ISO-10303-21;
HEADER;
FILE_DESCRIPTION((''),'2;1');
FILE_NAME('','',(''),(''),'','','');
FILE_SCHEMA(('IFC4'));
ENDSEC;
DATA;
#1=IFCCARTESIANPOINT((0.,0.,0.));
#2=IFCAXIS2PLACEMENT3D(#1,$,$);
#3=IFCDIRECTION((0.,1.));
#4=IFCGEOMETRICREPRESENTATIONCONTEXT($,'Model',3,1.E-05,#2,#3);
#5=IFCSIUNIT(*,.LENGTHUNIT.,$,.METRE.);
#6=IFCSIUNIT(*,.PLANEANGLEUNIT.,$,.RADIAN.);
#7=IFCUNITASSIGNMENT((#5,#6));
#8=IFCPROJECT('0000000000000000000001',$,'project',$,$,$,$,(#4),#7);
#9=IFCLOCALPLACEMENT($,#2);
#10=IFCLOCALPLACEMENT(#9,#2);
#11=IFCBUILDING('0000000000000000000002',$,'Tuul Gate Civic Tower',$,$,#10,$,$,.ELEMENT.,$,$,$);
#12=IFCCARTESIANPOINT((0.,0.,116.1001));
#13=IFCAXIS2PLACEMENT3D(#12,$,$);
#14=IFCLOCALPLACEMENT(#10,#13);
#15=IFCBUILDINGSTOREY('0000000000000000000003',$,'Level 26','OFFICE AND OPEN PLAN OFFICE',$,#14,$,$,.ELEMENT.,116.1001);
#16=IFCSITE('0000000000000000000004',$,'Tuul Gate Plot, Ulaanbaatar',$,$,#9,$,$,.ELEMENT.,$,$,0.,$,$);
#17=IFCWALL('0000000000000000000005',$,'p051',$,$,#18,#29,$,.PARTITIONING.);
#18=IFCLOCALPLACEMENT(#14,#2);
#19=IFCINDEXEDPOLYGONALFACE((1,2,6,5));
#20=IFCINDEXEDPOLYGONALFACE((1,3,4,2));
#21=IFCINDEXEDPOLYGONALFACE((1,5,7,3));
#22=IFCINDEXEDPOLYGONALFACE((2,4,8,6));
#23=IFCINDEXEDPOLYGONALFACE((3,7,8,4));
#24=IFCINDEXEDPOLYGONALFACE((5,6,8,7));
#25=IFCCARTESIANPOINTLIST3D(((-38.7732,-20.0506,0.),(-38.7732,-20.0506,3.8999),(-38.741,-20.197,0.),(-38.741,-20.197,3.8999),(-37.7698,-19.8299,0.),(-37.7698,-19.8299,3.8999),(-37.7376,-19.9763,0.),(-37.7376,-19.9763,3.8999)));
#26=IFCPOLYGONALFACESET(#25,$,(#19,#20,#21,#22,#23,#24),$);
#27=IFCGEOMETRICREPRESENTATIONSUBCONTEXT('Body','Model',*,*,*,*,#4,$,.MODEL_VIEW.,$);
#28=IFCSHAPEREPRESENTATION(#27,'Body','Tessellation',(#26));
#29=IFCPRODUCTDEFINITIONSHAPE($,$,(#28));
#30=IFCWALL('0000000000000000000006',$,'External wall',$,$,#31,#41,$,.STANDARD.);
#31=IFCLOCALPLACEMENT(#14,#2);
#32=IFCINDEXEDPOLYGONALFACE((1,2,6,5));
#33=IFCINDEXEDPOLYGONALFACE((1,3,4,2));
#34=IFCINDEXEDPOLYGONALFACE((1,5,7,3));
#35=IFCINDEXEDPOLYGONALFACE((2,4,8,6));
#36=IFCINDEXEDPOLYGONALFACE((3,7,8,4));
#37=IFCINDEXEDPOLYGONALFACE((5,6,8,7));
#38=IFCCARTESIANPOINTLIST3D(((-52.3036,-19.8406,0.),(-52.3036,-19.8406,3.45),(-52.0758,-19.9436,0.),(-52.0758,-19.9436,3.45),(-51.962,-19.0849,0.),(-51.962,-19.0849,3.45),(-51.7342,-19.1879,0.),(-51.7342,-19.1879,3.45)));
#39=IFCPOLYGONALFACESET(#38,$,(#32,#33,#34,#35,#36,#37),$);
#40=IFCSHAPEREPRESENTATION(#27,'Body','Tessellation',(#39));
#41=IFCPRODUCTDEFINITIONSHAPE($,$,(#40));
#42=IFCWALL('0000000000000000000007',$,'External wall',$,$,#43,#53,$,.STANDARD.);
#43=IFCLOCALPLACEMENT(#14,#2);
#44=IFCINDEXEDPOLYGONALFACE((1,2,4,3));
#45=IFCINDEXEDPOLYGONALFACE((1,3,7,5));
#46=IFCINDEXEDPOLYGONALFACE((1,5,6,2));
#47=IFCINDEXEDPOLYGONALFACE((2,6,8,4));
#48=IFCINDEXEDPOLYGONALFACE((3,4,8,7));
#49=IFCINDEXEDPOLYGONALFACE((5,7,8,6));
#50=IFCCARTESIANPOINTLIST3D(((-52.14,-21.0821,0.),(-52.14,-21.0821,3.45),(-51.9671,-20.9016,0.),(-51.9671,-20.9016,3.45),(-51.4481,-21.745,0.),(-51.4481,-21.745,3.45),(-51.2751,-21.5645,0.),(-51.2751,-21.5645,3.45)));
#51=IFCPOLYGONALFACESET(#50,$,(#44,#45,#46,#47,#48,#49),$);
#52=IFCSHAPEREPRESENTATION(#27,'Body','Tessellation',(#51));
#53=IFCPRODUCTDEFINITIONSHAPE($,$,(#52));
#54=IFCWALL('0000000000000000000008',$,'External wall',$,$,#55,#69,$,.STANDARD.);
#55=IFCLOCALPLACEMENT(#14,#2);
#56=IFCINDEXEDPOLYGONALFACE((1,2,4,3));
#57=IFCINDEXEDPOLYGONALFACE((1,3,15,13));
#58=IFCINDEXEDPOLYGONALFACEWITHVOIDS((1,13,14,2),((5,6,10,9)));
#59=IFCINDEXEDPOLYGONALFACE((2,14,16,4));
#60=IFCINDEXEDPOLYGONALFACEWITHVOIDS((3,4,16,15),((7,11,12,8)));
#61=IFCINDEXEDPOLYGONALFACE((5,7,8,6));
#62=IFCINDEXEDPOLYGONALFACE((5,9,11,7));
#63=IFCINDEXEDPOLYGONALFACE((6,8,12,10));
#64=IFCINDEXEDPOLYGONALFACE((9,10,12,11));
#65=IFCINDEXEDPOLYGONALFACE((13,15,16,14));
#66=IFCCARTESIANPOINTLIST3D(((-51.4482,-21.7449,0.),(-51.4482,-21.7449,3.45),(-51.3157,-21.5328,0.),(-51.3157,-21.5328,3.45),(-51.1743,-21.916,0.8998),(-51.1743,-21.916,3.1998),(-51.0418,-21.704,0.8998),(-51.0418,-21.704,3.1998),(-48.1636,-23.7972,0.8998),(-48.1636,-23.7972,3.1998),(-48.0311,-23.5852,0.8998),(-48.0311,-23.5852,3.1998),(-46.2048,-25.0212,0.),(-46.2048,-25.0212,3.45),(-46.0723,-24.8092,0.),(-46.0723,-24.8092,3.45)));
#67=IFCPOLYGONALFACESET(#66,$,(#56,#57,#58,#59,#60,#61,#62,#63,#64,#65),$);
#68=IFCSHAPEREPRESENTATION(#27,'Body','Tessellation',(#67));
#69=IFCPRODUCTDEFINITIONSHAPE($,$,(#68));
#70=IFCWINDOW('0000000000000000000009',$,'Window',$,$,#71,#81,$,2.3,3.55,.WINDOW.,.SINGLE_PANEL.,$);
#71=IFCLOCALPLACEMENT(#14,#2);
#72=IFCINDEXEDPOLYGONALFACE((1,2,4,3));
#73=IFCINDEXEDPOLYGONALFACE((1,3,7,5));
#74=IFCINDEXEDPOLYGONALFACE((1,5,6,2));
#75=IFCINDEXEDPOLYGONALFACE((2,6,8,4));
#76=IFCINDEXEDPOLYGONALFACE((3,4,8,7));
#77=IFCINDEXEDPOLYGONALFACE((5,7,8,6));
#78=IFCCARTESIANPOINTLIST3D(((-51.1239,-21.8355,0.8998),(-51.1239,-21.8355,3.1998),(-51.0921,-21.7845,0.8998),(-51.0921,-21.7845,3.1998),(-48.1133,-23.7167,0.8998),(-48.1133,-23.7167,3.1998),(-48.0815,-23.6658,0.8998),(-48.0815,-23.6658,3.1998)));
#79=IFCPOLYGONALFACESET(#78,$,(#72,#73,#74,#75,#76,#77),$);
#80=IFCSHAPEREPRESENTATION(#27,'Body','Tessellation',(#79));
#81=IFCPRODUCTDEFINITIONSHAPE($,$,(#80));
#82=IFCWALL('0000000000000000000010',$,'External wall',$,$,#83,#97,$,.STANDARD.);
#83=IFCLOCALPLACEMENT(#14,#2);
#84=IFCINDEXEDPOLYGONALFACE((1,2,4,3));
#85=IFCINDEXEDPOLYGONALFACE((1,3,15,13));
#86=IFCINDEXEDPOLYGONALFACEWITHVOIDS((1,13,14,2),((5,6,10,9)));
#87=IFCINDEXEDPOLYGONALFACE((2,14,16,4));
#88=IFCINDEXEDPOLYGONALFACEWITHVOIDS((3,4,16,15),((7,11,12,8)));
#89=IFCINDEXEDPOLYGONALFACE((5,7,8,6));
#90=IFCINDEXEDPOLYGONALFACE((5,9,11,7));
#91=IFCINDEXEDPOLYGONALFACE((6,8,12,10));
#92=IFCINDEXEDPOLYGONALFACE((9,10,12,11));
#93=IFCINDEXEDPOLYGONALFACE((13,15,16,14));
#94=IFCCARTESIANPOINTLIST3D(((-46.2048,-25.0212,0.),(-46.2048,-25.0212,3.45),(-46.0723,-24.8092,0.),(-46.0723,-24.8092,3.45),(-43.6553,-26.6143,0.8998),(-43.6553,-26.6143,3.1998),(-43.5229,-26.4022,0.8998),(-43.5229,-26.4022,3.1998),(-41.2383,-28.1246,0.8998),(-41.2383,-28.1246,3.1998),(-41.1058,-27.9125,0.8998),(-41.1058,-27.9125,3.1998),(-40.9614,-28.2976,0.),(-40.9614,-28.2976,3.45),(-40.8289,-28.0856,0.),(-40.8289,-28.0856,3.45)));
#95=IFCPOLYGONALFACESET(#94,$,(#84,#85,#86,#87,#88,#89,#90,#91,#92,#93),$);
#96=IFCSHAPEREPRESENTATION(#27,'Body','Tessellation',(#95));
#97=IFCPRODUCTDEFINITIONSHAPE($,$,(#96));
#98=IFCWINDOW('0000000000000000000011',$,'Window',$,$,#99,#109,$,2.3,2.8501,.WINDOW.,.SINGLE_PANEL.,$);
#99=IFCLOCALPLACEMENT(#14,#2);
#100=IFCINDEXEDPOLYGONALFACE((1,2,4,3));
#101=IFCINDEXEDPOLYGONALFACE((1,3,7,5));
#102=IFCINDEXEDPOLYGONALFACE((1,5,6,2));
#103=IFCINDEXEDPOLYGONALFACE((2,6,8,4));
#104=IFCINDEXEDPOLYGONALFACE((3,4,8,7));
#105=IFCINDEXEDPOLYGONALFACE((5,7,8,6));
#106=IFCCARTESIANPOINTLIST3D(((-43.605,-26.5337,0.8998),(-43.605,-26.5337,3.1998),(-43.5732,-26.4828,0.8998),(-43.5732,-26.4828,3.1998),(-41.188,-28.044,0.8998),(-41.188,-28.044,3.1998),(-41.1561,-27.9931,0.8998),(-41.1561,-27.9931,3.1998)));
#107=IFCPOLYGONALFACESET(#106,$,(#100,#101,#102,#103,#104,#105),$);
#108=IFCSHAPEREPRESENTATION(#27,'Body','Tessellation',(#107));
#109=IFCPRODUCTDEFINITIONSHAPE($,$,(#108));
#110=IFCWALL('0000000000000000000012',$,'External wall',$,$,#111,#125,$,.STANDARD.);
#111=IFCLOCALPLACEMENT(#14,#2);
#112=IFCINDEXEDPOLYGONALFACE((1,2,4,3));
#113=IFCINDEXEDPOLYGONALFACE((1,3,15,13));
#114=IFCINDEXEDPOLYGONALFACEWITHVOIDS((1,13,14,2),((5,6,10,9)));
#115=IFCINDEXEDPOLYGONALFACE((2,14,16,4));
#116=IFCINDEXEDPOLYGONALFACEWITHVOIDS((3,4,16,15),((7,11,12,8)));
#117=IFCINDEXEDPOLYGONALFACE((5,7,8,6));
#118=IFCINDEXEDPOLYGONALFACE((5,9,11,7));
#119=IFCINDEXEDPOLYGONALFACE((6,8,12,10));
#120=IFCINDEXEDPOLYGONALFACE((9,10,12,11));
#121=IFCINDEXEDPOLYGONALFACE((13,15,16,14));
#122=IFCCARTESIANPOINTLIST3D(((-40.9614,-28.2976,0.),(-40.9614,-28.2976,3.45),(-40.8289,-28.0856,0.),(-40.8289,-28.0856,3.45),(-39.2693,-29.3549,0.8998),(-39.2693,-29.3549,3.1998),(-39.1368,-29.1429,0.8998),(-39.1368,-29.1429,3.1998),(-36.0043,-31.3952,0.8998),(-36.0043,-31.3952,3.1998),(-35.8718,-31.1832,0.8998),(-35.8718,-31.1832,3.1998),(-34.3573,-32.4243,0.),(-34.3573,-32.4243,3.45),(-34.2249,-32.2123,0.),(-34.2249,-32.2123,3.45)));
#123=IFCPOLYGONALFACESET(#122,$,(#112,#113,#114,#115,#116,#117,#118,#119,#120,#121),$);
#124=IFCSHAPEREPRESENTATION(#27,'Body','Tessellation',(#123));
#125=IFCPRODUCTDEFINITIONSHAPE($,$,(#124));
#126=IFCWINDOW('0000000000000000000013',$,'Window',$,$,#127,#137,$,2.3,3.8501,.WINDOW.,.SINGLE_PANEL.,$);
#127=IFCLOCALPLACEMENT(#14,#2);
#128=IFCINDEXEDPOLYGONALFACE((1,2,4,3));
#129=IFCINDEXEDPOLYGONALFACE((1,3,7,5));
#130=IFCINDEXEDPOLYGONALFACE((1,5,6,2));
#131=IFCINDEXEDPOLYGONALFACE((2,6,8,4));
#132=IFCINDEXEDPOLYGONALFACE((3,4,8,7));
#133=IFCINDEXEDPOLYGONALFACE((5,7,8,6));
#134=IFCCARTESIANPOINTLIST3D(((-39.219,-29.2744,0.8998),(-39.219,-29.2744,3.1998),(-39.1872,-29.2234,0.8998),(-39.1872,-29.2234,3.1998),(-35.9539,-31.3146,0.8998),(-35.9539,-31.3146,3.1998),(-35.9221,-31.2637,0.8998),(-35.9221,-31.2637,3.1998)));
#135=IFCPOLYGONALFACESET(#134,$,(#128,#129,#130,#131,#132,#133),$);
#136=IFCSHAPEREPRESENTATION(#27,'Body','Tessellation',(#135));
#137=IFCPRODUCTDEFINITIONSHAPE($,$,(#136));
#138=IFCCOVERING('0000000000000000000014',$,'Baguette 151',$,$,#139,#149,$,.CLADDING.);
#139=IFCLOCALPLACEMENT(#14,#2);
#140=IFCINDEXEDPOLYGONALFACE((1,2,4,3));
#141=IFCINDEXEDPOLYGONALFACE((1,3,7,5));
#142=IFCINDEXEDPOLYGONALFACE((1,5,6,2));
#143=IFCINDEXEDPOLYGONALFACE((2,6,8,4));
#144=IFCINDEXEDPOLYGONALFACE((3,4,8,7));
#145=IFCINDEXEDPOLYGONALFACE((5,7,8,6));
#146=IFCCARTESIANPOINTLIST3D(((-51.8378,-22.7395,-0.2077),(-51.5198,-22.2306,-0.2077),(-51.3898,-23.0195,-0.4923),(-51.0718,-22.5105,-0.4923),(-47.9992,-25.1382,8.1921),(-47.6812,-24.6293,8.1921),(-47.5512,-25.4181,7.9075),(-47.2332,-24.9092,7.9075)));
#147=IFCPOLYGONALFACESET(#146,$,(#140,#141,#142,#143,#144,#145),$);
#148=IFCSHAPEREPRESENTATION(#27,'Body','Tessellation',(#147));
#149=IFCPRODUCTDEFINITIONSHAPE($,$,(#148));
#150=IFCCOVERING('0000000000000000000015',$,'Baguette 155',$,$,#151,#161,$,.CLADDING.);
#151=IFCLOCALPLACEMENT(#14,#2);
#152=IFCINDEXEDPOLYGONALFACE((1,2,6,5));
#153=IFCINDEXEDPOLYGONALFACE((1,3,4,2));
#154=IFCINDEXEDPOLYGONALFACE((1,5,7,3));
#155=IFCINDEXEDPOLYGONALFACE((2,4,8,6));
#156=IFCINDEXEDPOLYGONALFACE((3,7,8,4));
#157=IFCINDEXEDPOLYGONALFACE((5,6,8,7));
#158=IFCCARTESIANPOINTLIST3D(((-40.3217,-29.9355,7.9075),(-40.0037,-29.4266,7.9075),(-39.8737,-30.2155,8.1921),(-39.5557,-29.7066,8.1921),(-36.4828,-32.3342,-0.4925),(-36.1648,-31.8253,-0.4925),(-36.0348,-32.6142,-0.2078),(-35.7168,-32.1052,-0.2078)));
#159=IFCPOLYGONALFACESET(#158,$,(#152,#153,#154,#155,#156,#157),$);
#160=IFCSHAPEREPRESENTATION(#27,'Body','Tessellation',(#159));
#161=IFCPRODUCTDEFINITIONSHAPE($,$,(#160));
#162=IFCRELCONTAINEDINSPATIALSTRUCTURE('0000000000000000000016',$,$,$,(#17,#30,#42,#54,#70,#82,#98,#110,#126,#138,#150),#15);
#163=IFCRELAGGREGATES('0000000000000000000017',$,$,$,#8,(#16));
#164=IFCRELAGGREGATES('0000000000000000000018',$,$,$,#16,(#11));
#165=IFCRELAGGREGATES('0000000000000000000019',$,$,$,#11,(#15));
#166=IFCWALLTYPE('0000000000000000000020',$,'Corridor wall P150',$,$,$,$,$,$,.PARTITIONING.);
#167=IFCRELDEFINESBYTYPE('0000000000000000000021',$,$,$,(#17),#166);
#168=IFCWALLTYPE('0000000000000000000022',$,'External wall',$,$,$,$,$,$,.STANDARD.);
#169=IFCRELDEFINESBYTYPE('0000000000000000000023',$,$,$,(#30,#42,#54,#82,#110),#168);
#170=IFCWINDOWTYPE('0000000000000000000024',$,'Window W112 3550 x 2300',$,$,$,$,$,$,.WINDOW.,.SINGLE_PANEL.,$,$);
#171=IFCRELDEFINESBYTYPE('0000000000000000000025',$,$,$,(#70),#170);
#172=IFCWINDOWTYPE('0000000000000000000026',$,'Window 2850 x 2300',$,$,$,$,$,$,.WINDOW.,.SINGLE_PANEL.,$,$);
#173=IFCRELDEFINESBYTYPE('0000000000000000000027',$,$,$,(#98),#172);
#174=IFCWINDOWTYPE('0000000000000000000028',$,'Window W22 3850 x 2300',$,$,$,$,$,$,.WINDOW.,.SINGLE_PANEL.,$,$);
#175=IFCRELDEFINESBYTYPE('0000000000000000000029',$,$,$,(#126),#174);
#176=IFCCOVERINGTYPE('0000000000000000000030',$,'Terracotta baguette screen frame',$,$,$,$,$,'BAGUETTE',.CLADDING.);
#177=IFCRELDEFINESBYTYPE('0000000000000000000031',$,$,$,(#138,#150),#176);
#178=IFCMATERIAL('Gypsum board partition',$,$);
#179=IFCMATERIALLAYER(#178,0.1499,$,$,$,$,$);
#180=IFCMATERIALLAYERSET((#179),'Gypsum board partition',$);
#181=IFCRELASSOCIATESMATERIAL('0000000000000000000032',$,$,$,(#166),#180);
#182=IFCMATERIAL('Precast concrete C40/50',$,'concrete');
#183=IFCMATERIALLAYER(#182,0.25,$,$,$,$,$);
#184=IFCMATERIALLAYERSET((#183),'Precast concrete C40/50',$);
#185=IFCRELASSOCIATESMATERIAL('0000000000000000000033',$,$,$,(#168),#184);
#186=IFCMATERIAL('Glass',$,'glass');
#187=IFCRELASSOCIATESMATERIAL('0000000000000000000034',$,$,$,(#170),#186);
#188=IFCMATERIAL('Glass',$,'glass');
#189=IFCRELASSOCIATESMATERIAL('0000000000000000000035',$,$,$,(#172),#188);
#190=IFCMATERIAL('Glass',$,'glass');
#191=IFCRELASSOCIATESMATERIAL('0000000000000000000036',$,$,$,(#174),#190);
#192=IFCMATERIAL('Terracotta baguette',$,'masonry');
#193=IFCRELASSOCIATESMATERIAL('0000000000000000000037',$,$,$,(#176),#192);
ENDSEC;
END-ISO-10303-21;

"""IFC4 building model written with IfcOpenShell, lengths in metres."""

from ifc_helpers import new_model, si_unit, direction, frame, frame_2d, origin, origin_2d, place, context, subcontext, project, spatial, rectangle, extrude, material, layer, layer_set, material_profile, profile_set, type_object, element, fill, save


model = new_model("IFC4")

# Units and contexts
model_context = context("Model", 3, precision=1e-05, world=origin(), true_north=direction((0.0, 1.0)))
body_context = subcontext(model_context, "Body", "Model", "MODEL_VIEW")
ifc_project = project(units=[si_unit("LENGTHUNIT", "METRE"), si_unit("PLANEANGLEUNIT", "RADIAN")], contexts=[model_context])

# Site, building, storey
site_placement = place(None, origin())
site = spatial("IfcSite", under=ifc_project, at=site_placement, Name="Tuul Gate Plot, Ulaanbaatar", CompositionType="ELEMENT", RefElevation=0.0)
building_placement = place(site_placement, origin())
building = spatial("IfcBuilding", under=site, at=building_placement, Name="Tuul Gate Civic Tower", CompositionType="ELEMENT")
storey_placement = place(building_placement, frame((0.0, 0.0, 116.1001)))
storey = spatial("IfcBuildingStorey", under=building, at=storey_placement, Name="Level 26", Description="OFFICE AND OPEN PLAN OFFICE", CompositionType="ELEMENT", Elevation=116.1001)

# Shared definitions
ifc_material_1 = material(Name="Gypsum board partition")
ifc_layer_1 = layer(ifc_material_1, 0.1499)
ifc_layer_set_1 = layer_set([ifc_layer_1], Name="Gypsum board partition")
wall_type_1 = type_object("IfcWallType", Name="Corridor wall P150", PredefinedType="PARTITIONING", material=ifc_layer_set_1)

# Walls
wall_1_placement = place(storey_placement, frame((-38.7571, -20.1238, 0.0), z_axis=(0.0, 0.0, 1.0), x_axis=(0.976654, 0.214816, 0.0)))
element("IfcWall", 1, at=wall_1_placement, inside=storey, type_object=wall_type_1, Name="p051", PredefinedType="PARTITIONING", context=body_context, shape_type="SweptSolid", body=[
    extrude(rectangle(XDim=1.0273, YDim=0.1499, at=frame_2d((0.5137, 0.0))), origin(), (0.0, 0.0, 1.0), 3.8999),
])
ifc_material_2 = material(Name="Precast concrete C40/50", Category="concrete")
ifc_layer_2 = layer(ifc_material_2, 0.25)
ifc_layer_set_2 = layer_set([ifc_layer_2], Name="Precast concrete C40/50")
wall_type_2 = type_object("IfcWallType", Name="External wall", PredefinedType="STANDARD", material=ifc_layer_set_2)
wall_2_placement = place(storey_placement, frame((-51.8481, -19.1365, 0.0), z_axis=(0.0, 0.0, 1.0), x_axis=(-0.411894, -0.911232, 0.0)))
element("IfcWall", 2, at=wall_2_placement, inside=storey, type_object=wall_type_2, Name="External wall", PredefinedType="STANDARD", context=body_context, shape_type="SweptSolid", body=[
    extrude(rectangle(XDim=0.8293, YDim=0.25, at=frame_2d((0.4146, 0.0))), origin(), (0.0, 0.0, 1.0), 3.45),
])
wall_3_placement = place(storey_placement, frame((-52.0535, -20.9919, 0.0), z_axis=(0.0, 0.0, 1.0), x_axis=(0.722105, -0.691784, 0.0)))
element("IfcWall", 3, at=wall_3_placement, inside=storey, type_object=wall_type_2, Name="External wall", PredefinedType="STANDARD", context=body_context, shape_type="SweptSolid", body=[
    extrude(rectangle(XDim=0.9583, YDim=0.25, at=frame_2d((0.479, 0.0))), origin(), (0.0, 0.0, 1.0), 3.45),
])

# Walls, openings, windows
wall_4_placement = place(storey_placement, frame((-51.3818, -21.6389, 0.0), z_axis=(0.0, 0.0, 1.0), x_axis=(0.848054, -0.52991, 0.0)))
wall_4 = element("IfcWall", 4, at=wall_4_placement, inside=storey, type_object=wall_type_2, Name="External wall", PredefinedType="STANDARD", context=body_context, shape_type="SweptSolid", body=[
    extrude(rectangle(XDim=6.1829, YDim=0.25, at=frame_2d((3.0913, 0.0))), origin(), (0.0, 0.0, 1.0), 3.45),
])
opening_1_placement = place(wall_4_placement, frame((0.323, 0.0, 0.8999)))
opening_1 = element("IfcOpeningElement", 5, at=opening_1_placement, cuts=wall_4, PredefinedType="OPENING", context=body_context, shape_type="SweptSolid", body=[
    extrude(rectangle(XDim=3.55, YDim=2.3, at=frame_2d((1.7749, 1.1499))), frame((0.0, 0.135, 0.0), z_axis=(0.0, -1.0, 0.0), x_axis=(1.0, 0.0, 0.0)), (0.0, 0.0, 1.0), 0.27),
])
ifc_material_3 = material(Name="Glass", Category="glass")
window_type_1 = type_object("IfcWindowType", Name="Window W112 3550 x 2300", PartitioningType="SINGLE_PANEL", PredefinedType="WINDOW", material=ifc_material_3)
window_1_placement = place(opening_1_placement, origin())
window_1 = element("IfcWindow", 6, at=window_1_placement, inside=storey, type_object=window_type_1, Name="Window", OverallHeight=2.3, OverallWidth=3.55, PartitioningType="SINGLE_PANEL", PredefinedType="WINDOW", context=body_context, shape_type="SweptSolid", body=[
    extrude(rectangle(XDim=3.55, YDim=2.3, at=frame_2d((1.7749, 1.1499))), frame((0.0, 0.03, 0.0), z_axis=(0.0, -1.0, 0.0), x_axis=(1.0, 0.0, 0.0)), (0.0, 0.0, 1.0), 0.0601),
])
fill(opening_1, window_1)
wall_5_placement = place(storey_placement, frame((-46.1384, -24.9153, 0.0), z_axis=(0.0, 0.0, 1.0), x_axis=(0.848054, -0.52991, 0.0)))
wall_5 = element("IfcWall", 7, at=wall_5_placement, inside=storey, type_object=wall_type_2, Name="External wall", PredefinedType="STANDARD", context=body_context, shape_type="SweptSolid", body=[
    extrude(rectangle(XDim=6.1829, YDim=0.25, at=frame_2d((3.0913, 0.0))), origin(), (0.0, 0.0, 1.0), 3.45),
])
opening_2_placement = place(wall_5_placement, frame((3.0061, 0.0, 0.8999)))
opening_2 = element("IfcOpeningElement", 8, at=opening_2_placement, cuts=wall_5, PredefinedType="OPENING", context=body_context, shape_type="SweptSolid", body=[
    extrude(rectangle(XDim=2.8501, YDim=2.3, at=frame_2d((1.425, 1.1499))), frame((0.0, 0.135, 0.0), z_axis=(0.0, -1.0, 0.0), x_axis=(1.0, 0.0, 0.0)), (0.0, 0.0, 1.0), 0.27),
])
ifc_material_4 = material(Name="Glass", Category="glass")
window_type_2 = type_object("IfcWindowType", Name="Window 2850 x 2300", PartitioningType="SINGLE_PANEL", PredefinedType="WINDOW", material=ifc_material_4)
window_2_placement = place(opening_2_placement, origin())
window_2 = element("IfcWindow", 9, at=window_2_placement, inside=storey, type_object=window_type_2, Name="Window", OverallHeight=2.3, OverallWidth=2.8501, PartitioningType="SINGLE_PANEL", PredefinedType="WINDOW", context=body_context, shape_type="SweptSolid", body=[
    extrude(rectangle(XDim=2.8501, YDim=2.3, at=frame_2d((1.425, 1.1499))), frame((0.0, 0.03, 0.0), z_axis=(0.0, -1.0, 0.0), x_axis=(1.0, 0.0, 0.0)), (0.0, 0.0, 1.0), 0.0601),
])
fill(opening_2, window_2)
wall_6_placement = place(storey_placement, frame((-40.895, -28.1917, 0.0), z_axis=(0.0, 0.0, 1.0), x_axis=(0.848044, -0.529926, 0.0)))
wall_6 = element("IfcWall", 10, at=wall_6_placement, inside=storey, type_object=wall_type_2, Name="External wall", PredefinedType="STANDARD", context=body_context, shape_type="SweptSolid", body=[
    extrude(rectangle(XDim=7.7874, YDim=0.25, at=frame_2d((3.8936, 0.0))), origin(), (0.0, 0.0, 1.0), 3.45),
])
opening_3_placement = place(wall_6_placement, frame((1.9951, 0.0, 0.8999)))
opening_3 = element("IfcOpeningElement", 11, at=opening_3_placement, cuts=wall_6, PredefinedType="OPENING", context=body_context, shape_type="SweptSolid", body=[
    extrude(rectangle(XDim=3.8501, YDim=2.3, at=frame_2d((1.925, 1.1499))), frame((0.0, 0.135, 0.0), z_axis=(0.0, -1.0, 0.0), x_axis=(1.0, 0.0, 0.0)), (0.0, 0.0, 1.0), 0.27),
])
ifc_material_5 = material(Name="Glass", Category="glass")
window_type_3 = type_object("IfcWindowType", Name="Window W22 3850 x 2300", PartitioningType="SINGLE_PANEL", PredefinedType="WINDOW", material=ifc_material_5)
window_3_placement = place(opening_3_placement, origin())
window_3 = element("IfcWindow", 12, at=window_3_placement, inside=storey, type_object=window_type_3, Name="Window", OverallHeight=2.3, OverallWidth=3.8501, PartitioningType="SINGLE_PANEL", PredefinedType="WINDOW", context=body_context, shape_type="SweptSolid", body=[
    extrude(rectangle(XDim=3.8501, YDim=2.3, at=frame_2d((1.925, 1.1499))), frame((0.0, 0.03, 0.0), z_axis=(0.0, -1.0, 0.0), x_axis=(1.0, 0.0, 0.0)), (0.0, 0.0, 1.0), 0.0601),
])
fill(opening_3, window_3)

# Coverings
ifc_material_6 = material(Name="Terracotta baguette", Category="masonry")
ifc_material_profile_1 = material_profile(ifc_material_6, rectangle(XDim=0.6001, YDim=0.6001, at=origin_2d()), Name="Terracotta baguette screen frame")
ifc_profile_set_1 = profile_set([ifc_material_profile_1], Name="Terracotta baguette")
covering_type = type_object("IfcCoveringType", Name="Terracotta baguette screen frame", ElementType="BAGUETTE", PredefinedType="CLADDING", material=ifc_profile_set_1)
covering_1_placement = place(storey_placement, frame((-47.6162, -25.0237, 8.0498), z_axis=(-0.402293, 0.251385, -0.880321), x_axis=(-0.529926, -0.848044, 0.0)))
element("IfcCovering", 13, at=covering_1_placement, inside=storey, type_object=covering_type, Name="Baguette 151", PredefinedType="CLADDING", context=body_context, shape_type="SweptSolid", body=[
    extrude(rectangle(XDim=0.6001, YDim=0.6001, at=origin_2d()), origin(), (0.0, 0.0, 1.0), 9.5417),
])
covering_2_placement = place(storey_placement, frame((-39.9387, -29.821, 8.0498), z_axis=(0.402314, -0.251383, -0.880312), x_axis=(0.529902, 0.848059, 0.0)))
element("IfcCovering", 14, at=covering_2_placement, inside=storey, type_object=covering_type, Name="Baguette 155", PredefinedType="CLADDING", context=body_context, shape_type="SweptSolid", body=[
    extrude(rectangle(XDim=0.6001, YDim=0.6001, at=origin_2d()), origin(), (0.0, 0.0, 1.0), 9.542),
])

save(model, "model.ifc")
